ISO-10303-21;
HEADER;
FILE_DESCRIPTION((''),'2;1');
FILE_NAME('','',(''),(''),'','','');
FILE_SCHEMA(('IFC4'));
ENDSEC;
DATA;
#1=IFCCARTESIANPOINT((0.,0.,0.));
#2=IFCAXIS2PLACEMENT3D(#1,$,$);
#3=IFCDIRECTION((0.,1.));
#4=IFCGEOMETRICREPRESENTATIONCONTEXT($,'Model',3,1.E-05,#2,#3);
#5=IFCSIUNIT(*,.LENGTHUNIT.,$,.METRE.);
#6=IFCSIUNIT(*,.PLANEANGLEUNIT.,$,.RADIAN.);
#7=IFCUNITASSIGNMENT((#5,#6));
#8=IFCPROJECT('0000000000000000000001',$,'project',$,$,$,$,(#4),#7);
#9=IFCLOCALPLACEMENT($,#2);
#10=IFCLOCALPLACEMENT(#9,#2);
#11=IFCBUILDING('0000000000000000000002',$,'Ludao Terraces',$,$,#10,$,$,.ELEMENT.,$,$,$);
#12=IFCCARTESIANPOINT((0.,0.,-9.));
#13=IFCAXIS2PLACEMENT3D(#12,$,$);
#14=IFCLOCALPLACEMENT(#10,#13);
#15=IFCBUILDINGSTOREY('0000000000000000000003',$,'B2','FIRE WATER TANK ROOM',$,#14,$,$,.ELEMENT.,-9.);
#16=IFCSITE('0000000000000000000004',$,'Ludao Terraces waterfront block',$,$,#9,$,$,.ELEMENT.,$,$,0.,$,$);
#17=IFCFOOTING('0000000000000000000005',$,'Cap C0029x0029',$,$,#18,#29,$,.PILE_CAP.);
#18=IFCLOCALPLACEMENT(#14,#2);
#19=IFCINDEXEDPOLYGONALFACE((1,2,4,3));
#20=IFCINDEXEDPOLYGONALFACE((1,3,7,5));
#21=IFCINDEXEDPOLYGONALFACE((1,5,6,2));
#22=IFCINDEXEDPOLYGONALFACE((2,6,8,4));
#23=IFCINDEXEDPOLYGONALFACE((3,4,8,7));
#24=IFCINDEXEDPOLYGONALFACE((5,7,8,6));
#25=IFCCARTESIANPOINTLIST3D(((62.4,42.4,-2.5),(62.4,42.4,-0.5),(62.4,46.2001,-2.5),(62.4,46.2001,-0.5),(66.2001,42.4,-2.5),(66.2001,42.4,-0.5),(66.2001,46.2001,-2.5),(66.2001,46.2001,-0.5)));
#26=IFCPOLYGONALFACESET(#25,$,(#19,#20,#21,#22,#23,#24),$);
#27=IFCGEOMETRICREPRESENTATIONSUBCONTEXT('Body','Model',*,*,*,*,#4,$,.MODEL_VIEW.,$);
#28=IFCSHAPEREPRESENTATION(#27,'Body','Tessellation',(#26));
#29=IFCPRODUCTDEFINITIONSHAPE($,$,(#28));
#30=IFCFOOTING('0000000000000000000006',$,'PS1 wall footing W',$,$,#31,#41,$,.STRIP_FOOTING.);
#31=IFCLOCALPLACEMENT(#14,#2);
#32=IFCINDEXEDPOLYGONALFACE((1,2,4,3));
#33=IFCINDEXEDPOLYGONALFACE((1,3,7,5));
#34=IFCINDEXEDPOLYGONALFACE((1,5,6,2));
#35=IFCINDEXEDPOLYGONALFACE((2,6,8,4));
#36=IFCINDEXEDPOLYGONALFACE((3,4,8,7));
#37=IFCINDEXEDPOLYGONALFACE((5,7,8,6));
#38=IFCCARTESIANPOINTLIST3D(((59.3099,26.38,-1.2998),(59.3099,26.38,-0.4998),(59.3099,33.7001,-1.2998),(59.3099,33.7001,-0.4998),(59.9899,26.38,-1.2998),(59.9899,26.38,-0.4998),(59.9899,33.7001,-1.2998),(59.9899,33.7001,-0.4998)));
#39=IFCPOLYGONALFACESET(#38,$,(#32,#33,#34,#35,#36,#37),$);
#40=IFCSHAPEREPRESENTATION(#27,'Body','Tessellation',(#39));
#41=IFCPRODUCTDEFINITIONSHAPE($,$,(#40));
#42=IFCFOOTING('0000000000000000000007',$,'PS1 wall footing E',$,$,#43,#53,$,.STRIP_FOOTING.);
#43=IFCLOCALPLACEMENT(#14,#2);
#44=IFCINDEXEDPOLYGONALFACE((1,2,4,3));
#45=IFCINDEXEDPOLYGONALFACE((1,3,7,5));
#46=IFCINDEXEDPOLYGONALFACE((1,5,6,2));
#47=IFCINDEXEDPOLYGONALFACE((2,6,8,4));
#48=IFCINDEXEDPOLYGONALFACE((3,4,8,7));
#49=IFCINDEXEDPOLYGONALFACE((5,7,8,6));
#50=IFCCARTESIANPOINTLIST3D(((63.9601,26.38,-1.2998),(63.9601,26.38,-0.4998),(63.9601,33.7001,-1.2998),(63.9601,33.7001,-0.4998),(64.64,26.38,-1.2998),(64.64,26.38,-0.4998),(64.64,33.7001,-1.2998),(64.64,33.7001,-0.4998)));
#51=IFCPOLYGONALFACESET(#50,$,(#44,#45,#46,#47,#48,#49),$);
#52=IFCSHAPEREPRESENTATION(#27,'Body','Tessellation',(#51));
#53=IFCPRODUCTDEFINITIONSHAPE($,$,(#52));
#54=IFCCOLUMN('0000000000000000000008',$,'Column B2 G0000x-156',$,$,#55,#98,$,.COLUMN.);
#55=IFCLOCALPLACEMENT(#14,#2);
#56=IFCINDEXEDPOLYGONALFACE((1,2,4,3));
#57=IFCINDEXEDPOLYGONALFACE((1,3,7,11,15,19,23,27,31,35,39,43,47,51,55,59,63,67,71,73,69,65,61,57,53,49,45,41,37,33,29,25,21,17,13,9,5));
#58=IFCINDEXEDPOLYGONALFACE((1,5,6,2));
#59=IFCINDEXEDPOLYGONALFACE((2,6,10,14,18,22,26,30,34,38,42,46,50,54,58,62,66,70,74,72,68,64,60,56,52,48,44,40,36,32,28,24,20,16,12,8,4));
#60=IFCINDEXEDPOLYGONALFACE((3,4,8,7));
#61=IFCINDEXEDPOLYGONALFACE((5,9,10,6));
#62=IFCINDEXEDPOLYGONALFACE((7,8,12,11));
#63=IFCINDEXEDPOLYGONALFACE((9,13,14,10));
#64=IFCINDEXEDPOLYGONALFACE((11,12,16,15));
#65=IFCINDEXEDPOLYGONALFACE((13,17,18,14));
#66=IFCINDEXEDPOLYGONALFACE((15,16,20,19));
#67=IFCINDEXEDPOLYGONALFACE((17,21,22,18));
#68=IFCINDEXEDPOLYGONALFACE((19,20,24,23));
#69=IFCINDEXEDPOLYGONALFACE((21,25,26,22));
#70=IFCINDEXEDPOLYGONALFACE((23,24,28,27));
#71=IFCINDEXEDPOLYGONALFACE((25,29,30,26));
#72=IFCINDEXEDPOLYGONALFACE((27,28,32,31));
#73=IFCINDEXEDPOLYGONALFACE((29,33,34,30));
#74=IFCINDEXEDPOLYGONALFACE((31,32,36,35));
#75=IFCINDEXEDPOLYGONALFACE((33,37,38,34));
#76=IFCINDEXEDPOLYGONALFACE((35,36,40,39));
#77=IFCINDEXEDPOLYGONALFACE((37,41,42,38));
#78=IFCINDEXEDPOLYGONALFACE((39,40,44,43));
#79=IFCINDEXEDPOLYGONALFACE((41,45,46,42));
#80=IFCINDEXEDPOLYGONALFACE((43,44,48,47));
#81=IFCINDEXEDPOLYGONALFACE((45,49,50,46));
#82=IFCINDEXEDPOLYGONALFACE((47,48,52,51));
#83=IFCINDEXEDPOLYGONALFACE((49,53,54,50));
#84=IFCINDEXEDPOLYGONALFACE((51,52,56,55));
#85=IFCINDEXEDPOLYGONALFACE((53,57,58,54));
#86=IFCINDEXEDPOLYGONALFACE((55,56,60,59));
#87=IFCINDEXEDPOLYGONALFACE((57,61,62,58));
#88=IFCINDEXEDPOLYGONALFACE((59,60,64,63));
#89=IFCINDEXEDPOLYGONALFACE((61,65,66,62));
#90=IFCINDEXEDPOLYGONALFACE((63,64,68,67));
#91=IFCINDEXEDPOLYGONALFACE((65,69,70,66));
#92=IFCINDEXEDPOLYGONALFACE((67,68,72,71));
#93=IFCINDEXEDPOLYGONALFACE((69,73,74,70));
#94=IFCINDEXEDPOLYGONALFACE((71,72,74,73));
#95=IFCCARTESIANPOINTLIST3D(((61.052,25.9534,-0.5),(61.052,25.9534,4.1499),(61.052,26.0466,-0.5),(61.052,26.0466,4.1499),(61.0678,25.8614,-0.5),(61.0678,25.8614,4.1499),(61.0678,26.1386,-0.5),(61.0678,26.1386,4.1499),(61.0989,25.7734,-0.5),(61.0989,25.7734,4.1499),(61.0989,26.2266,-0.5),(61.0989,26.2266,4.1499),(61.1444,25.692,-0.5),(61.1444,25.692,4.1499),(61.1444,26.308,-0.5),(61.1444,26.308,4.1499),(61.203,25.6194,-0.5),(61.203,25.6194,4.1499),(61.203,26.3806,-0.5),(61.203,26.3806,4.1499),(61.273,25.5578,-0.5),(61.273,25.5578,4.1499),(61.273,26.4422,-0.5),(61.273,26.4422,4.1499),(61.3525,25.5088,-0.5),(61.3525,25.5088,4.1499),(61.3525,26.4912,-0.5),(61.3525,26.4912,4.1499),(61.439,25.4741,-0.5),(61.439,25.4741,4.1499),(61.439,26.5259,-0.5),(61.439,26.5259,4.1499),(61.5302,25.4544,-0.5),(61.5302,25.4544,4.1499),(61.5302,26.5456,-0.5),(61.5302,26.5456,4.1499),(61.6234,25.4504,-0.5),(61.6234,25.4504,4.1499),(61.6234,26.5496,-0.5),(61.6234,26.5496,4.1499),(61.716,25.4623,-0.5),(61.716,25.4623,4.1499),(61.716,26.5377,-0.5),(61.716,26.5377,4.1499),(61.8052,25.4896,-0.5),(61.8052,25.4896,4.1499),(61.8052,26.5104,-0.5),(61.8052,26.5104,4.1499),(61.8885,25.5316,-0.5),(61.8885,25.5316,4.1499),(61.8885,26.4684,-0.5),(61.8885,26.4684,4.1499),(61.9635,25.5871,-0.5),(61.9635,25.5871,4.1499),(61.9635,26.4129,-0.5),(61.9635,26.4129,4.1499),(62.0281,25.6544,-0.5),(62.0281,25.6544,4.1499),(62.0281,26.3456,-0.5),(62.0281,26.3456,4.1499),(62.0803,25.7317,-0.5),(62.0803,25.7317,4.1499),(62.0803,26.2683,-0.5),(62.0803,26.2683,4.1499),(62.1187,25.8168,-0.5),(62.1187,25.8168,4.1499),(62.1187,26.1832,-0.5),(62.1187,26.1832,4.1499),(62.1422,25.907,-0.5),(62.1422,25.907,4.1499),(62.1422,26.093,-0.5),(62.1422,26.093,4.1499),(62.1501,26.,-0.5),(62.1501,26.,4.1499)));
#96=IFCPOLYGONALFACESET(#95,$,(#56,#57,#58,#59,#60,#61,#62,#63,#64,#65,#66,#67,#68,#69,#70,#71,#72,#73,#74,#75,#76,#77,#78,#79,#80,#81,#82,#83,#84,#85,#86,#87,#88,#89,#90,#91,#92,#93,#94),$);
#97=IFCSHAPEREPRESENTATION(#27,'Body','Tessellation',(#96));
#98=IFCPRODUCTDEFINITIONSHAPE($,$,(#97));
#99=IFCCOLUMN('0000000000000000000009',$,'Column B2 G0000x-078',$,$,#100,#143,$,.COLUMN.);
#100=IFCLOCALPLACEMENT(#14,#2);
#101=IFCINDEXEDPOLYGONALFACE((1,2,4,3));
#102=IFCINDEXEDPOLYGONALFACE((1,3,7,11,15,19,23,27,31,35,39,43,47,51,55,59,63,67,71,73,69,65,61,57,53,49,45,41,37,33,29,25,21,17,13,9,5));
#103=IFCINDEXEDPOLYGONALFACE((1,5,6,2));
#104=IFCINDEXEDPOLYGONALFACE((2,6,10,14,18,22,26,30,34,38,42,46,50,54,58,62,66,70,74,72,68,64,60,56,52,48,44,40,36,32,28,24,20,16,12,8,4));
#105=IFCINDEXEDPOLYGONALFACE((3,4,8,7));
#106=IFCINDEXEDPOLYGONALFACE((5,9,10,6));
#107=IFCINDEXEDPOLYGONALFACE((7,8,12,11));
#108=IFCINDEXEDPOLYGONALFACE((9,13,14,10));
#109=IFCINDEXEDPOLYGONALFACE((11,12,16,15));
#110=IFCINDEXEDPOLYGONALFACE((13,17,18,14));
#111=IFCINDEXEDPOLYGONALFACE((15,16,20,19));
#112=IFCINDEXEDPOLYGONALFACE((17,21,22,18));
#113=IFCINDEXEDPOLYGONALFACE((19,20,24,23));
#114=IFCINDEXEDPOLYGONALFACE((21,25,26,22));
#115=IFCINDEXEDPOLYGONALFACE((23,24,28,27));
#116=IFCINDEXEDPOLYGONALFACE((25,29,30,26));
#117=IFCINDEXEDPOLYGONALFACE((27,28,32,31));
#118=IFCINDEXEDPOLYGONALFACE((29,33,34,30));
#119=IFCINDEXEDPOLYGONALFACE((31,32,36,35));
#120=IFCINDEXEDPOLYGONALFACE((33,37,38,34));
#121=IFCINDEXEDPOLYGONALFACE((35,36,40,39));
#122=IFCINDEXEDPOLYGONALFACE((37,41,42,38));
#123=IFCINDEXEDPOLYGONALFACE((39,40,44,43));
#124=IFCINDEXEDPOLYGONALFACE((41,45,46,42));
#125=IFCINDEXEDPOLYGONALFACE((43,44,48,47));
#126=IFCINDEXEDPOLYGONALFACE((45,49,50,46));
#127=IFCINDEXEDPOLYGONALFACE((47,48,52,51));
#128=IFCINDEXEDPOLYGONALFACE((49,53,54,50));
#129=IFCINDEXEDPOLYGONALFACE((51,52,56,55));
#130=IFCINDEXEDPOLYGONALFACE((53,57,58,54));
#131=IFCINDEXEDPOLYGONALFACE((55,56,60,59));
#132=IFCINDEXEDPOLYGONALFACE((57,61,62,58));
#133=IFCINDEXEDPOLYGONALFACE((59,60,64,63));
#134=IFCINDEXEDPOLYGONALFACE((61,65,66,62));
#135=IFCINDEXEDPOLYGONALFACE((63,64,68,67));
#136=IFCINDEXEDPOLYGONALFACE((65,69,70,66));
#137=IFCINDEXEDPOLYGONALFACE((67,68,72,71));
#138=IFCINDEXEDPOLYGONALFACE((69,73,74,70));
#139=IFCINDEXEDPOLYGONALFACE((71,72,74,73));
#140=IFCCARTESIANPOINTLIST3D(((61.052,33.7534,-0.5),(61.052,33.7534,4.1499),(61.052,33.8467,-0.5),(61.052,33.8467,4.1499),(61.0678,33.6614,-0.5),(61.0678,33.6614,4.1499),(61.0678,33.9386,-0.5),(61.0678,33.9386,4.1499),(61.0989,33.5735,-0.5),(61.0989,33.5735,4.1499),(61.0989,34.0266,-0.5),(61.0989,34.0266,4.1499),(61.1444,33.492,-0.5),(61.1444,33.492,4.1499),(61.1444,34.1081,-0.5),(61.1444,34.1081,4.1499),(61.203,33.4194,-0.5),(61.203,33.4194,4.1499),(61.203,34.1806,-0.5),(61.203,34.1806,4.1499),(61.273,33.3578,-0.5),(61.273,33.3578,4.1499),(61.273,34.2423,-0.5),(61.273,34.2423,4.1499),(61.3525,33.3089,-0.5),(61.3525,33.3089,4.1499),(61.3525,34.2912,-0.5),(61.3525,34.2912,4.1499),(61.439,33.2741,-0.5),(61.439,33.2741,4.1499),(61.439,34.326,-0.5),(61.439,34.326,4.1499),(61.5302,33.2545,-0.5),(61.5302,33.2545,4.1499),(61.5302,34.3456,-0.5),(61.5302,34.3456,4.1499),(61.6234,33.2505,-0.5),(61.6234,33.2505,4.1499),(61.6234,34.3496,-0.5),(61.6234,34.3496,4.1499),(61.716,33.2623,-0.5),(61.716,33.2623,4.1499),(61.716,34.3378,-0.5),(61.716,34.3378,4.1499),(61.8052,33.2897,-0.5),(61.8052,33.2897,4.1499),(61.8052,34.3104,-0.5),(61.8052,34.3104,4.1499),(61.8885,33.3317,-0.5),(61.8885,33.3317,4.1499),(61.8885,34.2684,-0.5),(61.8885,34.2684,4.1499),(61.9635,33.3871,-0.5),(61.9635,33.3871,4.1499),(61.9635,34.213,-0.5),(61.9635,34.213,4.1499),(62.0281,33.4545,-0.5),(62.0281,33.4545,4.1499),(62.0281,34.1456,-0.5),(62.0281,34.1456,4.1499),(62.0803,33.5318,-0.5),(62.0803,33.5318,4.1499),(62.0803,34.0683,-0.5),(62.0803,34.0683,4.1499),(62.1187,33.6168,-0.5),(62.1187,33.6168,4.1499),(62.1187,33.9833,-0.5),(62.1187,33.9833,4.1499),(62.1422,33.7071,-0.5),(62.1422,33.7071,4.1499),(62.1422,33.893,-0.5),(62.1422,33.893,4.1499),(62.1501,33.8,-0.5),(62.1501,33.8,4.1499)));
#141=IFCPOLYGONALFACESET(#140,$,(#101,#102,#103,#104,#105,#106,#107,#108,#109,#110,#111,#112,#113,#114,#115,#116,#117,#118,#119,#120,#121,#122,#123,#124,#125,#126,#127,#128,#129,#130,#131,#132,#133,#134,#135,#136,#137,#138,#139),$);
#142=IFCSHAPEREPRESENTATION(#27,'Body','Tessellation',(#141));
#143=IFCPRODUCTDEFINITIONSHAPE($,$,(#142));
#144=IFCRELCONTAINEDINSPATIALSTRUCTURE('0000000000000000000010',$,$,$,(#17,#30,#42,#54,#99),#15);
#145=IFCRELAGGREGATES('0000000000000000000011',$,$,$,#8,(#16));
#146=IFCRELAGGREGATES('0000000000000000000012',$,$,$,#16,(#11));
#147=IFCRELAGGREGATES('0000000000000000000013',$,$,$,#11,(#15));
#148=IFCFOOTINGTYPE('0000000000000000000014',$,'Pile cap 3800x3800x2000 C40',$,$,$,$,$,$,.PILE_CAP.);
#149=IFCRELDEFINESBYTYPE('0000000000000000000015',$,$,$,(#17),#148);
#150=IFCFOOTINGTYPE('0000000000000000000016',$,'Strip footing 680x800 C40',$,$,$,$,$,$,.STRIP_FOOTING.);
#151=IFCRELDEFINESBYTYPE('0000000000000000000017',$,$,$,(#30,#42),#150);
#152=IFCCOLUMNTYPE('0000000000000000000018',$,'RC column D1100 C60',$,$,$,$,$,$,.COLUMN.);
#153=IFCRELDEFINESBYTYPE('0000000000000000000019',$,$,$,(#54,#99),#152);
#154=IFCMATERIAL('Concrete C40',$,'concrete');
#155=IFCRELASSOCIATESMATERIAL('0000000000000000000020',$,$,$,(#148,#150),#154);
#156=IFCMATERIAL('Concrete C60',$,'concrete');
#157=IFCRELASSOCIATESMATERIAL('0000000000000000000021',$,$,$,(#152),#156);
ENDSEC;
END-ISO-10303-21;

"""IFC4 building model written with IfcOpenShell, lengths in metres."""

from ifc_helpers import new_model, si_unit, direction, frame, origin, origin_2d, place, context, subcontext, project, spatial, rectangle, circle, extrude, material, material_profile, profile_set, type_object, element, save


model = new_model("IFC4")

# Units and contexts
model_context = context("Model", 3, precision=1e-05, world=origin(), true_north=direction((0.0, 1.0)))
body_context = subcontext(model_context, "Body", "Model", "MODEL_VIEW")
ifc_project = project(units=[si_unit("LENGTHUNIT", "METRE"), si_unit("PLANEANGLEUNIT", "RADIAN")], contexts=[model_context])

# Site, building, storey
site_placement = place(None, origin())
site = spatial("IfcSite", under=ifc_project, at=site_placement, Name="Ludao Terraces waterfront block", CompositionType="ELEMENT", RefElevation=0.0)
building_placement = place(site_placement, origin())
building = spatial("IfcBuilding", under=site, at=building_placement, Name="Ludao Terraces", CompositionType="ELEMENT")
storey_placement = place(building_placement, frame((0.0, 0.0, -9.0)))
storey = spatial("IfcBuildingStorey", under=building, at=storey_placement, Name="B2", Description="FIRE WATER TANK ROOM", CompositionType="ELEMENT", Elevation=-9.0)

# Shared definitions
ifc_material_1 = material(Name="Concrete C40", Category="concrete")

# Footings
footing_type_1 = type_object("IfcFootingType", Name="Pile cap 3800x3800x2000 C40", PredefinedType="PILE_CAP", material=ifc_material_1)
footing_placement = place(storey_placement, frame((64.3, 44.3, -2.5), z_axis=(0.0, 0.0, 1.0), x_axis=(1.0, 0.0, 0.0)))
element("IfcFooting", 1, at=footing_placement, inside=storey, type_object=footing_type_1, Name="Cap C0029x0029", PredefinedType="PILE_CAP", context=body_context, shape_type="SweptSolid", body=[
    extrude(rectangle(XDim=3.8, YDim=3.8, at=origin_2d()), origin(), (0.0, 0.0, 1.0), 2.0),
])
footing_type_2 = type_object("IfcFootingType", Name="Strip footing 680x800 C40", PredefinedType="STRIP_FOOTING", material=ifc_material_1)
for number, where, z_axis, x_axis, name in (
    (2, (59.6499, 30.04, -1.2998), (0.0, 0.0, 1.0), (1.0, 0.0, 0.0), "PS1 wall footing W"),
    (3, (64.3, 30.04, -1.2998), (0.0, 0.0, 1.0), (1.0, 0.0, 0.0), "PS1 wall footing E"),
):
    element("IfcFooting", number, at=place(storey_placement, frame(where, z_axis=z_axis, x_axis=x_axis)), inside=storey, type_object=footing_type_2, Name=name, PredefinedType="STRIP_FOOTING", context=body_context, shape_type="SweptSolid", body=[
        extrude(rectangle(XDim=0.6799, YDim=7.3201, at=origin_2d()), origin(), (0.0, 0.0, 1.0), 0.8),
    ])

# Columns
ifc_material_2 = material(Name="Concrete C60", Category="concrete")
ifc_material_profile_1 = material_profile(ifc_material_2, circle(Radius=0.55, at=origin_2d()), Name="D1100")
ifc_profile_set_1 = profile_set([ifc_material_profile_1], Name="Concrete C60")
column_type = type_object("IfcColumnType", Name="RC column D1100 C60", PredefinedType="COLUMN", material=ifc_profile_set_1)
for number, where, z_axis, x_axis, name in (
    (4, (61.6001, 26.0, -0.5), (0.0, 0.0, 1.0), (1.0, 0.0, 0.0), "Column B2 G0000x-156"),
    (5, (61.6001, 33.8, -0.5), (0.0, 0.0, 1.0), (1.0, 0.0, 0.0), "Column B2 G0000x-078"),
):
    element("IfcColumn", number, at=place(storey_placement, frame(where, z_axis=z_axis, x_axis=x_axis)), inside=storey, type_object=column_type, Name=name, PredefinedType="COLUMN", context=body_context, shape_type="SweptSolid", body=[
        extrude(circle(Radius=0.55, at=origin_2d()), origin(), (0.0, 0.0, 1.0), 4.6499),
    ])

save(model, "model.ifc")
